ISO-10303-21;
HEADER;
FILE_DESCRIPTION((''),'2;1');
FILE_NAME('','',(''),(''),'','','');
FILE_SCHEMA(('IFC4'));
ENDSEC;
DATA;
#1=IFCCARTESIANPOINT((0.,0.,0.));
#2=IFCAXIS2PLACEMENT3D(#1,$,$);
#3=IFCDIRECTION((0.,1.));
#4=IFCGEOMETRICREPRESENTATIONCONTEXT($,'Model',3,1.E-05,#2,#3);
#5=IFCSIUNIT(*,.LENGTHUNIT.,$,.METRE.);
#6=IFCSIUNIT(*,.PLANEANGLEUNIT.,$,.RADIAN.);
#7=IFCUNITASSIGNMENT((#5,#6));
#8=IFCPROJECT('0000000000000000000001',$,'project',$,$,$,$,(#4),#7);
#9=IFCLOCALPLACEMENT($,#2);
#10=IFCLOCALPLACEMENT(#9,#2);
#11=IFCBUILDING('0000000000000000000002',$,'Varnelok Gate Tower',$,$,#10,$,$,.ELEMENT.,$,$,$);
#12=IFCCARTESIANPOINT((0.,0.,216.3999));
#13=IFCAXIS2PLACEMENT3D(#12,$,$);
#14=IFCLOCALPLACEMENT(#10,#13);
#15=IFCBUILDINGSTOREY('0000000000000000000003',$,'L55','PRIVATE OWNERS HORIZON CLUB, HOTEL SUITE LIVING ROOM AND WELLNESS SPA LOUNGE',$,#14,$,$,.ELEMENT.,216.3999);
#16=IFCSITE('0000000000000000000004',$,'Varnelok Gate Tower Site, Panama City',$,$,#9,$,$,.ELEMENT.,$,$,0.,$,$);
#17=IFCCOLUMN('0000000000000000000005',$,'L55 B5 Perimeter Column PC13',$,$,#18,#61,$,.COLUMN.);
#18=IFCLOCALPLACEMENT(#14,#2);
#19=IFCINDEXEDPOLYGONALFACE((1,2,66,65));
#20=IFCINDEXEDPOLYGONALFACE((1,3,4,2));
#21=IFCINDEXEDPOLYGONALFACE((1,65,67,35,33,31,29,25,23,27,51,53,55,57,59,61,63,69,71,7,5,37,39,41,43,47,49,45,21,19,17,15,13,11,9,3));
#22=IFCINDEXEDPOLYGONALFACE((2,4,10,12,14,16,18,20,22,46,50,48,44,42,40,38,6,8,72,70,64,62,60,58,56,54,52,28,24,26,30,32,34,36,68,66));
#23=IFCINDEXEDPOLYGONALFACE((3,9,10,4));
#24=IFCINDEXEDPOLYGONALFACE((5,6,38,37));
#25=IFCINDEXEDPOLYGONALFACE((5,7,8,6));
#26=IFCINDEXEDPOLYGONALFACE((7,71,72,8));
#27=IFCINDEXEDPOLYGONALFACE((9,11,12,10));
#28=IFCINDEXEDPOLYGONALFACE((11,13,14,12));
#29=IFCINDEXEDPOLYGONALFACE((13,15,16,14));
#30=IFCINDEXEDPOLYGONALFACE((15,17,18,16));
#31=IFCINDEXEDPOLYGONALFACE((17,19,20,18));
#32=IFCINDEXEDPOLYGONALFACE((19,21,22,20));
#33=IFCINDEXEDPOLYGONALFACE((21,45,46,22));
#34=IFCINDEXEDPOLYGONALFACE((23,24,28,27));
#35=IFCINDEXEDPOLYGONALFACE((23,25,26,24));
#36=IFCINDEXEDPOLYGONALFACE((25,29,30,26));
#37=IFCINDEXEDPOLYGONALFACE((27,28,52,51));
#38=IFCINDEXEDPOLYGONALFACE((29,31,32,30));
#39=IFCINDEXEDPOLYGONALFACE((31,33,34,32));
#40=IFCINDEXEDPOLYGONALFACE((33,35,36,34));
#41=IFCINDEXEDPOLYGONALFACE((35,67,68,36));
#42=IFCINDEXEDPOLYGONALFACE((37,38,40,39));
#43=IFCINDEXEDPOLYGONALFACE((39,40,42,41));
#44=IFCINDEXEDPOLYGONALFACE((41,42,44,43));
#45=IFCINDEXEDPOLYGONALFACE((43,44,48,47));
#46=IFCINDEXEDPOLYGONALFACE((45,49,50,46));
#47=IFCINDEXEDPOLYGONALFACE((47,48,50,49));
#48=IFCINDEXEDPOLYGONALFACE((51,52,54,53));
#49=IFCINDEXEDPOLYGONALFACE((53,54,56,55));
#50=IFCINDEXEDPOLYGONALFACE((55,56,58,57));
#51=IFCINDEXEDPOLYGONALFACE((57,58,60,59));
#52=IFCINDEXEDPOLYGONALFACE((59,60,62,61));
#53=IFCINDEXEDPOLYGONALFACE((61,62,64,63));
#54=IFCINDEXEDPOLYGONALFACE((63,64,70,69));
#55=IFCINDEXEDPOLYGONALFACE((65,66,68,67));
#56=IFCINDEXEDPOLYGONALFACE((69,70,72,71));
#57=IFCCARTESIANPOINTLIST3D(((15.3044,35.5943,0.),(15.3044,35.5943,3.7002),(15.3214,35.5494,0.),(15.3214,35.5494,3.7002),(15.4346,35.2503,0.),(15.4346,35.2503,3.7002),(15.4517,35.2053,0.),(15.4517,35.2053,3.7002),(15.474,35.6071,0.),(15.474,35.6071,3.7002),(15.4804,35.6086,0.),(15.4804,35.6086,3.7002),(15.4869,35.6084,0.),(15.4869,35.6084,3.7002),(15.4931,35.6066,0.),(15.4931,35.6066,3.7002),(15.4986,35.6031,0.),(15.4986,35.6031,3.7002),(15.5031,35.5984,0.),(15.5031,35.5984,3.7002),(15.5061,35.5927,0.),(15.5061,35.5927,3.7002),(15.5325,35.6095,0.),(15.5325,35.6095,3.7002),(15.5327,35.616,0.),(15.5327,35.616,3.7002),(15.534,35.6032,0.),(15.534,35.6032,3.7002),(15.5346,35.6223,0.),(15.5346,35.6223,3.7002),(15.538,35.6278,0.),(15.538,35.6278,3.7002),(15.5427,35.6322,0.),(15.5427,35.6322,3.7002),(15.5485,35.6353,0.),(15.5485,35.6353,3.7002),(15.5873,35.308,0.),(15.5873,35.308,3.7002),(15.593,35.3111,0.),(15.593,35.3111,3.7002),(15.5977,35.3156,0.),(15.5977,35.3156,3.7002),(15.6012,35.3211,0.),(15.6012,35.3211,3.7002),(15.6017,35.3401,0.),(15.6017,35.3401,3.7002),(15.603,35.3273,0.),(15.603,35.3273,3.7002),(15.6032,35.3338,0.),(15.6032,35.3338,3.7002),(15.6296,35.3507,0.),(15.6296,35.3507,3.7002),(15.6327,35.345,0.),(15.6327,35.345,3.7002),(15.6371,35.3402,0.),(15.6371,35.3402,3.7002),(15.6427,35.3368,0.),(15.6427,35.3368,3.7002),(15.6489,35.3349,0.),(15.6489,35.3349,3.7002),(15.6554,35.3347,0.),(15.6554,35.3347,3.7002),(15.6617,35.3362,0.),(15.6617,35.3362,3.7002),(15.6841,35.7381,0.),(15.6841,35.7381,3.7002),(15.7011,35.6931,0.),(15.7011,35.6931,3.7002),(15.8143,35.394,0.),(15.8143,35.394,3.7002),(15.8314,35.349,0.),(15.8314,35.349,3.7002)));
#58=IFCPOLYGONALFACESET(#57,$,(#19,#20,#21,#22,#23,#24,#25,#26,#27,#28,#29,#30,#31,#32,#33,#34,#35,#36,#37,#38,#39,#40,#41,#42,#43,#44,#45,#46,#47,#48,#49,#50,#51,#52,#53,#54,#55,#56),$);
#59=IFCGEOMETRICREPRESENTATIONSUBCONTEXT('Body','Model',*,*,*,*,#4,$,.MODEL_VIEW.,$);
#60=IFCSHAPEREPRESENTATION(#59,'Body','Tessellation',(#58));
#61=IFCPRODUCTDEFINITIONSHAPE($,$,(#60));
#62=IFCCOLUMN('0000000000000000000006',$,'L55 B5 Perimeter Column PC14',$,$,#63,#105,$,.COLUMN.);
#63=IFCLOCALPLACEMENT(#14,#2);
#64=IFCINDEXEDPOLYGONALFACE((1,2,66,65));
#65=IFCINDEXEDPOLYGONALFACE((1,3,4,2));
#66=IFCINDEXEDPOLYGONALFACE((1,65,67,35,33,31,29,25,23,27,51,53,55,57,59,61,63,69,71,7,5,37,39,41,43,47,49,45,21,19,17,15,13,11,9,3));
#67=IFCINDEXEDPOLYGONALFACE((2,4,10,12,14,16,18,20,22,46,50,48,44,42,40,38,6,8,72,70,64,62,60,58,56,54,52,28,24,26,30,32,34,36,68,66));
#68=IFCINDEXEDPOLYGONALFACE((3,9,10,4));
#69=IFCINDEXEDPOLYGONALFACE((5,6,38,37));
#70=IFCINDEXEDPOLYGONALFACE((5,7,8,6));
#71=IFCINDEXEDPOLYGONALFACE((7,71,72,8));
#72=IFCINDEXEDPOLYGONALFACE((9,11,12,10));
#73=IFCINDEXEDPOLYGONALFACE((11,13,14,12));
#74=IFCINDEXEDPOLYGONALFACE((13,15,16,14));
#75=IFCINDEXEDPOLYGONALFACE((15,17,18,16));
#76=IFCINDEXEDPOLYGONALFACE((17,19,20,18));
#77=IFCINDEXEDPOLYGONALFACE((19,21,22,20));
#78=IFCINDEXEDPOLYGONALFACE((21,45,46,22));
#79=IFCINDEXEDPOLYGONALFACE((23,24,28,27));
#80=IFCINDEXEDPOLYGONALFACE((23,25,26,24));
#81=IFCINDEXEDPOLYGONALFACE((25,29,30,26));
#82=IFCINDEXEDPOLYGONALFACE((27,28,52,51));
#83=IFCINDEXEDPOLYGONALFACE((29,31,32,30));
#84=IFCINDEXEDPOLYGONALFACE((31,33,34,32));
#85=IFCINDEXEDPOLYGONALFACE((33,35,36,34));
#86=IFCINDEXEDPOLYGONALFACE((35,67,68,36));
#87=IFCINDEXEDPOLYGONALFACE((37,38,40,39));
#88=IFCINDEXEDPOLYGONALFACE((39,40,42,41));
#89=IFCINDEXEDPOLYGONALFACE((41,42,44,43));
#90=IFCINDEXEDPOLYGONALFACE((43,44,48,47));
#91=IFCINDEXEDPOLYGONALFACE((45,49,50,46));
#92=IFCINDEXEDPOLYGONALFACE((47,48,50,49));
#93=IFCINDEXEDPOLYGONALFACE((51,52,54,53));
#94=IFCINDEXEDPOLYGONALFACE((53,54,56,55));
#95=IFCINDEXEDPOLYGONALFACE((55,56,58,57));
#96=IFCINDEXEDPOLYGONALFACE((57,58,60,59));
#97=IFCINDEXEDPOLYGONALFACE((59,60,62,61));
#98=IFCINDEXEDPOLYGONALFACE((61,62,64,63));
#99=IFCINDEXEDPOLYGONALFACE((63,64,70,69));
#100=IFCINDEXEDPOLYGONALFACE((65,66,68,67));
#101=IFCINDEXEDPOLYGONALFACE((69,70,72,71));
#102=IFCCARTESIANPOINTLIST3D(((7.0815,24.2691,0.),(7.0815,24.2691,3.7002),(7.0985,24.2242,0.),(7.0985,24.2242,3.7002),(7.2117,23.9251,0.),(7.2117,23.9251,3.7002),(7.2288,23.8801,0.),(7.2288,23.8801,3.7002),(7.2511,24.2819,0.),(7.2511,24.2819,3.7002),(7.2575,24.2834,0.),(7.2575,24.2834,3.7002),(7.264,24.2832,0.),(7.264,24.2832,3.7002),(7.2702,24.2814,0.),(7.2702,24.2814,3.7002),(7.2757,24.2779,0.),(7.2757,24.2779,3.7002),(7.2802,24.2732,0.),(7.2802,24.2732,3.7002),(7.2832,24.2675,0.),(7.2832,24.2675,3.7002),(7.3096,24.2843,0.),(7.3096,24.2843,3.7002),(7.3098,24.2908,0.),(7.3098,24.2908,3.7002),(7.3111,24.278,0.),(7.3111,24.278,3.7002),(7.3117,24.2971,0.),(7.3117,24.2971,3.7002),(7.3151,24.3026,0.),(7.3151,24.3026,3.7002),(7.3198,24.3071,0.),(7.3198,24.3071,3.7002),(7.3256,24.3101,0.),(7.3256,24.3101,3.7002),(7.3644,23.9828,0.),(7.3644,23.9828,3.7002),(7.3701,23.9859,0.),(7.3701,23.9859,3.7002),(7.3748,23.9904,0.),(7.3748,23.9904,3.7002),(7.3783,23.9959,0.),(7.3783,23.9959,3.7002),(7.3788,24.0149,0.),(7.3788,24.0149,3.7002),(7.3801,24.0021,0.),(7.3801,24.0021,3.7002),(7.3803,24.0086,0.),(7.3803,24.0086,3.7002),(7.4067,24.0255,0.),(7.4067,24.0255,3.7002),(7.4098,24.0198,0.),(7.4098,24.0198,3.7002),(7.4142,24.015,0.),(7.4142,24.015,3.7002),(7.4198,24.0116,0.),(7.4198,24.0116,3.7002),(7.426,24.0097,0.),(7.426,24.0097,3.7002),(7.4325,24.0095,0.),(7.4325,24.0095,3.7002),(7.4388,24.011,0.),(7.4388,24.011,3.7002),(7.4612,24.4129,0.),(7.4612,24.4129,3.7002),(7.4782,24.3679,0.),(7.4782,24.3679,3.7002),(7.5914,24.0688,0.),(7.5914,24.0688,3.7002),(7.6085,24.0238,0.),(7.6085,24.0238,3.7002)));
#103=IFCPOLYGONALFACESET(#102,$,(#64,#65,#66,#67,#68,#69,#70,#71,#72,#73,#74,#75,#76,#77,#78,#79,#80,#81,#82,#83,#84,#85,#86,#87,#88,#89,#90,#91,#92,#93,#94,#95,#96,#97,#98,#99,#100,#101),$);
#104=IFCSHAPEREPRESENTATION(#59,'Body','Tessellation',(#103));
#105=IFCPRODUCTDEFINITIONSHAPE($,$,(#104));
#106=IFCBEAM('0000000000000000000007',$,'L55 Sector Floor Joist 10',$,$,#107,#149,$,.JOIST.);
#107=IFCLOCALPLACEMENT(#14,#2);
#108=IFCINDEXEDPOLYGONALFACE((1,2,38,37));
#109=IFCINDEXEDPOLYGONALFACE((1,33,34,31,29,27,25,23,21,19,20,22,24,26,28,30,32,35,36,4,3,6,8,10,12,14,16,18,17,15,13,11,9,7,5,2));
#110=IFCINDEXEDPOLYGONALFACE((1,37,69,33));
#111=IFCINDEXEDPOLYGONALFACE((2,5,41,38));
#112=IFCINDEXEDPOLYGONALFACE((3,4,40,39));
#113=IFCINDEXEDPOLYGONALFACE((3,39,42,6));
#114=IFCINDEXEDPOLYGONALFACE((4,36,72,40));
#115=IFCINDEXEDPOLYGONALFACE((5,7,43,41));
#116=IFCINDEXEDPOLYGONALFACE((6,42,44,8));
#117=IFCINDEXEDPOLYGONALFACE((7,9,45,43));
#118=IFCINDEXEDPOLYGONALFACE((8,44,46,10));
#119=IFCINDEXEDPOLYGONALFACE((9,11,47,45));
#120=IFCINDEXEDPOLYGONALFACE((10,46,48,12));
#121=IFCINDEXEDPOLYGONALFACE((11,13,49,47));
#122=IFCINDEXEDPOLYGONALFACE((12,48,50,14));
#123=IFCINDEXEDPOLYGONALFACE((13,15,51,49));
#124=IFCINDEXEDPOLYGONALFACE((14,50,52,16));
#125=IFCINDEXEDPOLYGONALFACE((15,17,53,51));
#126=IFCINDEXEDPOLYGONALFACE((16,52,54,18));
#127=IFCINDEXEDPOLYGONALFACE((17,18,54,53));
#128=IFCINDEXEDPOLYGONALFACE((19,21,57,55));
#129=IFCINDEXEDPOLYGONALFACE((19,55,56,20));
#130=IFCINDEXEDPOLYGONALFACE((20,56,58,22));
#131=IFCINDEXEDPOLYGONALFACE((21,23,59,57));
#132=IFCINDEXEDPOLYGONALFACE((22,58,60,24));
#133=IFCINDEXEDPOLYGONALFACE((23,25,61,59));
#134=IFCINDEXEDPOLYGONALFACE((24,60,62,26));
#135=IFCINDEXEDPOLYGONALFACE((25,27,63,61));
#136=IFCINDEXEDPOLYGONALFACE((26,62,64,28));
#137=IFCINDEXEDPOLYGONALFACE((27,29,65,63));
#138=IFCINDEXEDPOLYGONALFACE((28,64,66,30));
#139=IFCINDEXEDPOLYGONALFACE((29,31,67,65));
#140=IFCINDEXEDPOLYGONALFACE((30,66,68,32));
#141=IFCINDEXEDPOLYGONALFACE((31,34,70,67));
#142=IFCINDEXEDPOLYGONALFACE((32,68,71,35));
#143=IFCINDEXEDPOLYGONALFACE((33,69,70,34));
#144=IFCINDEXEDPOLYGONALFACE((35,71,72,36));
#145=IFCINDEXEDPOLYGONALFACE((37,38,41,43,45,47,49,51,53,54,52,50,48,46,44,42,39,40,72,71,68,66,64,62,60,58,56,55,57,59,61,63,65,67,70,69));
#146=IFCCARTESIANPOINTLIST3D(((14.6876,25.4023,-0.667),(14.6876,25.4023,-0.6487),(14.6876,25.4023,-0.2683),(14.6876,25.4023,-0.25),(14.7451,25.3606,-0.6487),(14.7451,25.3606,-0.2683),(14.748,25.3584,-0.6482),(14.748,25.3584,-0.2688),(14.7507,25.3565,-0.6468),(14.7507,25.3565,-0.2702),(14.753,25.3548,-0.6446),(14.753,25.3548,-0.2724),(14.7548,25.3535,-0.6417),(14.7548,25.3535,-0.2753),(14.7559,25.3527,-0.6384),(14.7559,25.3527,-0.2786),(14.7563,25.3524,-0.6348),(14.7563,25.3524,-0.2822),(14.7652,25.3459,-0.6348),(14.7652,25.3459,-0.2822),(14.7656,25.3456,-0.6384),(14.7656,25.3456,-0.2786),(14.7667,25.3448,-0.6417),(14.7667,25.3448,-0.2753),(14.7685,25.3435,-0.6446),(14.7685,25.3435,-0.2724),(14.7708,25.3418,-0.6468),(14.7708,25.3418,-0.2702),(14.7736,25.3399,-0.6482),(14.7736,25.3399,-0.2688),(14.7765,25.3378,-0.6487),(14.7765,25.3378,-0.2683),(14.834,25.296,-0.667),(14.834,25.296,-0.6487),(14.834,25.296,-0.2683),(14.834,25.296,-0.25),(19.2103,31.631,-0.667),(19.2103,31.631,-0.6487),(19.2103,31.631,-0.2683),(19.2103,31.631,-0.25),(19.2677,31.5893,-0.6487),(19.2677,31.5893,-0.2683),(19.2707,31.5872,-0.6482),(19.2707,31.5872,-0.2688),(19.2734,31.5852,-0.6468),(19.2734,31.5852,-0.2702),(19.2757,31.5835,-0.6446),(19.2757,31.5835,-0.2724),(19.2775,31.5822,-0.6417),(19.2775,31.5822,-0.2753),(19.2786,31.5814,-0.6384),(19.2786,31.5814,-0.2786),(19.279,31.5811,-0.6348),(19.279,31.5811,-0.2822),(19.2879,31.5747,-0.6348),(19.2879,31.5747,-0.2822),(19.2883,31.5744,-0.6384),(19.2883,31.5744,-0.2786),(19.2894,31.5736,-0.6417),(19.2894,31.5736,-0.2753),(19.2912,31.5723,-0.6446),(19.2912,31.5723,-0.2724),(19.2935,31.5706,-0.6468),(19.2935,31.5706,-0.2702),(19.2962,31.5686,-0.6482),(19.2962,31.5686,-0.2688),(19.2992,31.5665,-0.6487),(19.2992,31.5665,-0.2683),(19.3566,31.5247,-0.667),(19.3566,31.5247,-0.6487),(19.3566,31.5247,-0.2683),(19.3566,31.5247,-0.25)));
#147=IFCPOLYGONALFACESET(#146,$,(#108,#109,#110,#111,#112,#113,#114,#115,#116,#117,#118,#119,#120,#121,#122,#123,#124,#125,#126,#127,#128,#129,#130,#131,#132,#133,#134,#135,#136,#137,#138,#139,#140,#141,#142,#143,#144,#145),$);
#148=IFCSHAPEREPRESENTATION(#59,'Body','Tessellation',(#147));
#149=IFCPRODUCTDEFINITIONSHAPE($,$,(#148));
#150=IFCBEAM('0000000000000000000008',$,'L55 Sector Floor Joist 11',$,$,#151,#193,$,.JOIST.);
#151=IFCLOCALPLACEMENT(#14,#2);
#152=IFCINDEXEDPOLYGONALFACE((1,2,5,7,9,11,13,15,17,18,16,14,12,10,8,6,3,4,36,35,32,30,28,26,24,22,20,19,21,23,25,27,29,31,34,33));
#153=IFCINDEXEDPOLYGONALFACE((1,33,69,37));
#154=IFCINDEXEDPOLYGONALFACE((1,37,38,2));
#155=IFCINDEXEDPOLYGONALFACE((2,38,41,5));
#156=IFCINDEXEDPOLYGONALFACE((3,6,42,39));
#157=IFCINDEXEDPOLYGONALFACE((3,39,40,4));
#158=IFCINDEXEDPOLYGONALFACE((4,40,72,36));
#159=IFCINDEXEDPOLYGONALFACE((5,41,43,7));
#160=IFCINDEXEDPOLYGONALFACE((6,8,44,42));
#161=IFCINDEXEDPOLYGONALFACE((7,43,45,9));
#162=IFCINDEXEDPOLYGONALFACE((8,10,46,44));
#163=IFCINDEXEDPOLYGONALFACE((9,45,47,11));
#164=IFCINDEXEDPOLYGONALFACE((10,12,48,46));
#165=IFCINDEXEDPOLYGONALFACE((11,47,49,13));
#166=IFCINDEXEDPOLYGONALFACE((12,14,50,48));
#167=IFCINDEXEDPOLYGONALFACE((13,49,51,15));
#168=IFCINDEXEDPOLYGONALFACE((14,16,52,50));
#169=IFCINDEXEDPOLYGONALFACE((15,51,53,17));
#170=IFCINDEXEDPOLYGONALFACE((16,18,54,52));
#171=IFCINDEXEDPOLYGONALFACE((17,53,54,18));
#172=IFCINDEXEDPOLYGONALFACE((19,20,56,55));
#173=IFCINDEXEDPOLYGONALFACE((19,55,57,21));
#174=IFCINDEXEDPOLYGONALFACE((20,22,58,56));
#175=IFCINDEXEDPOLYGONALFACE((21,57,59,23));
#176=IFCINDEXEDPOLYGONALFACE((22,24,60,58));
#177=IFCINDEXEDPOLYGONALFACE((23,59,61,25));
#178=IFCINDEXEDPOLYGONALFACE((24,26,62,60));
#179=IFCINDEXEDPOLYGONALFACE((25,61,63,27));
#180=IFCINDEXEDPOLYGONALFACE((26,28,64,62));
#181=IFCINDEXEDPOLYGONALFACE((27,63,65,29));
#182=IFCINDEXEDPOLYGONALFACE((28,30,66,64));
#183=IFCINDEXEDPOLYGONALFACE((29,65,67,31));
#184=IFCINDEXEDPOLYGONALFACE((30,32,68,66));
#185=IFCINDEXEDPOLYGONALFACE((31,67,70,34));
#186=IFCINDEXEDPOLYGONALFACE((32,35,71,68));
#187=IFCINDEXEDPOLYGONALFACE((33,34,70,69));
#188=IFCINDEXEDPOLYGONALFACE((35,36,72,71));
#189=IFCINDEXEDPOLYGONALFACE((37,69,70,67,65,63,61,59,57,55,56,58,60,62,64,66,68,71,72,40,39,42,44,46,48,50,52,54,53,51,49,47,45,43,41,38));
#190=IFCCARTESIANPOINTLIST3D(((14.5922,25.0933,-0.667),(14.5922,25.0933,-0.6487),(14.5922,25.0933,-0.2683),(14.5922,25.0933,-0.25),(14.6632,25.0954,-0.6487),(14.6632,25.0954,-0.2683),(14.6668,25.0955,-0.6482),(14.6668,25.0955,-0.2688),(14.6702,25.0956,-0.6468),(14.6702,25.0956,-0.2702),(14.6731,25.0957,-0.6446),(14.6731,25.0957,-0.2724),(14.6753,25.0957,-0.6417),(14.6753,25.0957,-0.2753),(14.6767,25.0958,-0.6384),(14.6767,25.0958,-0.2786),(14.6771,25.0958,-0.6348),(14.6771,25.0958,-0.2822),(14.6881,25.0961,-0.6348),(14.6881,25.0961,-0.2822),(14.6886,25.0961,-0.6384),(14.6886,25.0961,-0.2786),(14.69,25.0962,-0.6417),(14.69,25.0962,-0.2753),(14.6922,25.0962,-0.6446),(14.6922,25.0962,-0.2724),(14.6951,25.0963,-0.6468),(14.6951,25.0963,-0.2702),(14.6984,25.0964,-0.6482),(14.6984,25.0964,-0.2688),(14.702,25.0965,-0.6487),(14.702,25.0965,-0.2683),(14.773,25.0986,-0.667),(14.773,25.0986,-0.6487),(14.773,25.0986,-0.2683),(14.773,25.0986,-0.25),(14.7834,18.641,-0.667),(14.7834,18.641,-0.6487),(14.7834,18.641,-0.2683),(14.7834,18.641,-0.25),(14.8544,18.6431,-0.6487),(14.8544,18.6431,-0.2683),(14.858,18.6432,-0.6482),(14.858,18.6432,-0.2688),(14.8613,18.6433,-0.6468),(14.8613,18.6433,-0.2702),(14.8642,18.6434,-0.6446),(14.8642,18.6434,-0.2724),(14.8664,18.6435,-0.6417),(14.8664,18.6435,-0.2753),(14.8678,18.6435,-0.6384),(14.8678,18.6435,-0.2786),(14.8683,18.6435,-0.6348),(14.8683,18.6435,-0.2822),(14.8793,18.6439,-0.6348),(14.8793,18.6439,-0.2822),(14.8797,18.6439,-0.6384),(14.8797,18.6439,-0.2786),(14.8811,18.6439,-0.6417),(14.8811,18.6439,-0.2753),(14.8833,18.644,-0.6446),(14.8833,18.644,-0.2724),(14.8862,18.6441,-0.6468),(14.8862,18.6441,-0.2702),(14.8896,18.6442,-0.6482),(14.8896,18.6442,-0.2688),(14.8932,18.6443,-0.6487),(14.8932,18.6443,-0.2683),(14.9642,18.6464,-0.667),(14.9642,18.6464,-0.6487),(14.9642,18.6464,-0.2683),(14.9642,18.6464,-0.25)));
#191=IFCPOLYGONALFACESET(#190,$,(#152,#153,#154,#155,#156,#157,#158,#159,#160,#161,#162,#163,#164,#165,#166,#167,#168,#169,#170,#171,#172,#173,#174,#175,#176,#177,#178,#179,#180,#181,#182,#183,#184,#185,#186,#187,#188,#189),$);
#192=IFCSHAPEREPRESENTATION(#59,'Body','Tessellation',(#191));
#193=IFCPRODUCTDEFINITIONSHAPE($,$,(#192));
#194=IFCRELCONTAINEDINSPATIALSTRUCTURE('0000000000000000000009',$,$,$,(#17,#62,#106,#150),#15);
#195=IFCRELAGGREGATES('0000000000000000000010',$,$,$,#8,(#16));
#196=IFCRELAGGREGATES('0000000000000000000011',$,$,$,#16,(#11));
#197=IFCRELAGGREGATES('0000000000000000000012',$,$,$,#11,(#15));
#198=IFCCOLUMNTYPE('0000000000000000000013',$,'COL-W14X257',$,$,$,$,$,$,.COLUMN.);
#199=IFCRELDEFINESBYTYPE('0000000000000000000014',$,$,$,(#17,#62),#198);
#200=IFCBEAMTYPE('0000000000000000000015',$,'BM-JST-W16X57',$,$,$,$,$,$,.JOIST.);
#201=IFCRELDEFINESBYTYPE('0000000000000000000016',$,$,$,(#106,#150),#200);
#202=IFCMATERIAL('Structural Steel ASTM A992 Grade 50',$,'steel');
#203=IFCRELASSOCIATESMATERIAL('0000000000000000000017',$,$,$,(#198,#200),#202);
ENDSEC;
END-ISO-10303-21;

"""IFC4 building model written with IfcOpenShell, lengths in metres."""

from ifc_helpers import new_model, si_unit, direction, frame, origin, origin_2d, place, context, subcontext, project, spatial, i_section, extrude, material, material_profile, profile_set, type_object, element, save


model = new_model("IFC4")

# Units and contexts
model_context = context("Model", 3, precision=1e-05, world=origin(), true_north=direction((0.0, 1.0)))
body_context = subcontext(model_context, "Body", "Model", "MODEL_VIEW")
ifc_project = project(units=[si_unit("LENGTHUNIT", "METRE"), si_unit("PLANEANGLEUNIT", "RADIAN")], contexts=[model_context])

# Site, building, storey
site_placement = place(None, origin())
site = spatial("IfcSite", under=ifc_project, at=site_placement, Name="Varnelok Gate Tower Site, Panama City", CompositionType="ELEMENT", RefElevation=0.0)
building_placement = place(site_placement, origin())
building = spatial("IfcBuilding", under=site, at=building_placement, Name="Varnelok Gate Tower", CompositionType="ELEMENT")
storey_placement = place(building_placement, frame((0.0, 0.0, 216.3999)))
storey = spatial("IfcBuildingStorey", under=building, at=storey_placement, Name="L55", Description="PRIVATE OWNERS HORIZON CLUB, HOTEL SUITE LIVING ROOM AND WELLNESS SPA LOUNGE", CompositionType="ELEMENT", Elevation=216.3999)

# Columns
ifc_material_1 = material(Name="Structural Steel ASTM A992 Grade 50", Category="steel")
ifc_material_profile_1 = material_profile(ifc_material_1, i_section(OverallWidth=0.406, OverallDepth=0.416, WebThickness=0.0298, FlangeThickness=0.0481, FilletRadius=0.0249, at=origin_2d()), Name="W14X257")
ifc_profile_set_1 = profile_set([ifc_material_profile_1], Name="Structural Steel ASTM A992 Grade 50")
column_type = type_object("IfcColumnType", Name="COL-W14X257", PredefinedType="COLUMN", material=ifc_profile_set_1)
for number, where, z_axis, x_axis, name in (
    (1, (15.5679, 35.4717, 0.0), (0.0, 0.0, 1.0), (0.935222, 0.354063, 0.0), "L55 B5 Perimeter Column PC13"),
    (2, (7.345, 24.1465, 0.0), (0.0, 0.0, 1.0), (0.935222, 0.354063, 0.0), "L55 B5 Perimeter Column PC14"),
):
    element("IfcColumn", number, at=place(storey_placement, frame(where, z_axis=z_axis, x_axis=x_axis)), inside=storey, type_object=column_type, Name=name, PredefinedType="COLUMN", context=body_context, shape_type="SweptSolid", body=[
        extrude(i_section(OverallWidth=0.406, OverallDepth=0.416, WebThickness=0.0298, FlangeThickness=0.0481, FilletRadius=0.0249, at=origin_2d()), origin(), (0.0, 0.0, 1.0), 3.7002),
    ])

# Beams
ifc_material_profile_2 = material_profile(ifc_material_1, i_section(OverallWidth=0.1809, OverallDepth=0.417, WebThickness=0.011, FlangeThickness=0.0183, FilletRadius=0.0139, at=origin_2d()), Name="W16X57")
ifc_profile_set_2 = profile_set([ifc_material_profile_2], Name="Structural Steel ASTM A992 Grade 50")
beam_type_1 = type_object("IfcBeamType", Name="BM-JST-W16X57", PredefinedType="JOIST", material=ifc_profile_set_2)
beam_1_placement = place(storey_placement, frame((19.2834, 31.5779, -0.4585), z_axis=(-0.587551, -0.809187, 0.0), x_axis=(0.809187, -0.587551, 0.0)))
element("IfcBeam", 3, at=beam_1_placement, inside=storey, type_object=beam_type_1, Name="L55 Sector Floor Joist 10", PredefinedType="JOIST", context=body_context, shape_type="SweptSolid", body=[
    extrude(i_section(OverallWidth=0.1809, OverallDepth=0.417, WebThickness=0.011, FlangeThickness=0.0183, FilletRadius=0.0139, at=origin_2d()), origin(), (0.0, 0.0, 1.0), 7.6975),
])
beam_2_placement = place(storey_placement, frame((14.6826, 25.0959, -0.4585), z_axis=(0.029615, -0.999561, 0.0), x_axis=(0.999561, 0.029615, 0.0)))
element("IfcBeam", 4, at=beam_2_placement, inside=storey, type_object=beam_type_1, Name="L55 Sector Floor Joist 11", PredefinedType="JOIST", context=body_context, shape_type="SweptSolid", body=[
    extrude(i_section(OverallWidth=0.1809, OverallDepth=0.417, WebThickness=0.011, FlangeThickness=0.0183, FilletRadius=0.0139, at=origin_2d()), origin(), (0.0, 0.0, 1.0), 6.4551),
])

save(model, "model.ifc")
